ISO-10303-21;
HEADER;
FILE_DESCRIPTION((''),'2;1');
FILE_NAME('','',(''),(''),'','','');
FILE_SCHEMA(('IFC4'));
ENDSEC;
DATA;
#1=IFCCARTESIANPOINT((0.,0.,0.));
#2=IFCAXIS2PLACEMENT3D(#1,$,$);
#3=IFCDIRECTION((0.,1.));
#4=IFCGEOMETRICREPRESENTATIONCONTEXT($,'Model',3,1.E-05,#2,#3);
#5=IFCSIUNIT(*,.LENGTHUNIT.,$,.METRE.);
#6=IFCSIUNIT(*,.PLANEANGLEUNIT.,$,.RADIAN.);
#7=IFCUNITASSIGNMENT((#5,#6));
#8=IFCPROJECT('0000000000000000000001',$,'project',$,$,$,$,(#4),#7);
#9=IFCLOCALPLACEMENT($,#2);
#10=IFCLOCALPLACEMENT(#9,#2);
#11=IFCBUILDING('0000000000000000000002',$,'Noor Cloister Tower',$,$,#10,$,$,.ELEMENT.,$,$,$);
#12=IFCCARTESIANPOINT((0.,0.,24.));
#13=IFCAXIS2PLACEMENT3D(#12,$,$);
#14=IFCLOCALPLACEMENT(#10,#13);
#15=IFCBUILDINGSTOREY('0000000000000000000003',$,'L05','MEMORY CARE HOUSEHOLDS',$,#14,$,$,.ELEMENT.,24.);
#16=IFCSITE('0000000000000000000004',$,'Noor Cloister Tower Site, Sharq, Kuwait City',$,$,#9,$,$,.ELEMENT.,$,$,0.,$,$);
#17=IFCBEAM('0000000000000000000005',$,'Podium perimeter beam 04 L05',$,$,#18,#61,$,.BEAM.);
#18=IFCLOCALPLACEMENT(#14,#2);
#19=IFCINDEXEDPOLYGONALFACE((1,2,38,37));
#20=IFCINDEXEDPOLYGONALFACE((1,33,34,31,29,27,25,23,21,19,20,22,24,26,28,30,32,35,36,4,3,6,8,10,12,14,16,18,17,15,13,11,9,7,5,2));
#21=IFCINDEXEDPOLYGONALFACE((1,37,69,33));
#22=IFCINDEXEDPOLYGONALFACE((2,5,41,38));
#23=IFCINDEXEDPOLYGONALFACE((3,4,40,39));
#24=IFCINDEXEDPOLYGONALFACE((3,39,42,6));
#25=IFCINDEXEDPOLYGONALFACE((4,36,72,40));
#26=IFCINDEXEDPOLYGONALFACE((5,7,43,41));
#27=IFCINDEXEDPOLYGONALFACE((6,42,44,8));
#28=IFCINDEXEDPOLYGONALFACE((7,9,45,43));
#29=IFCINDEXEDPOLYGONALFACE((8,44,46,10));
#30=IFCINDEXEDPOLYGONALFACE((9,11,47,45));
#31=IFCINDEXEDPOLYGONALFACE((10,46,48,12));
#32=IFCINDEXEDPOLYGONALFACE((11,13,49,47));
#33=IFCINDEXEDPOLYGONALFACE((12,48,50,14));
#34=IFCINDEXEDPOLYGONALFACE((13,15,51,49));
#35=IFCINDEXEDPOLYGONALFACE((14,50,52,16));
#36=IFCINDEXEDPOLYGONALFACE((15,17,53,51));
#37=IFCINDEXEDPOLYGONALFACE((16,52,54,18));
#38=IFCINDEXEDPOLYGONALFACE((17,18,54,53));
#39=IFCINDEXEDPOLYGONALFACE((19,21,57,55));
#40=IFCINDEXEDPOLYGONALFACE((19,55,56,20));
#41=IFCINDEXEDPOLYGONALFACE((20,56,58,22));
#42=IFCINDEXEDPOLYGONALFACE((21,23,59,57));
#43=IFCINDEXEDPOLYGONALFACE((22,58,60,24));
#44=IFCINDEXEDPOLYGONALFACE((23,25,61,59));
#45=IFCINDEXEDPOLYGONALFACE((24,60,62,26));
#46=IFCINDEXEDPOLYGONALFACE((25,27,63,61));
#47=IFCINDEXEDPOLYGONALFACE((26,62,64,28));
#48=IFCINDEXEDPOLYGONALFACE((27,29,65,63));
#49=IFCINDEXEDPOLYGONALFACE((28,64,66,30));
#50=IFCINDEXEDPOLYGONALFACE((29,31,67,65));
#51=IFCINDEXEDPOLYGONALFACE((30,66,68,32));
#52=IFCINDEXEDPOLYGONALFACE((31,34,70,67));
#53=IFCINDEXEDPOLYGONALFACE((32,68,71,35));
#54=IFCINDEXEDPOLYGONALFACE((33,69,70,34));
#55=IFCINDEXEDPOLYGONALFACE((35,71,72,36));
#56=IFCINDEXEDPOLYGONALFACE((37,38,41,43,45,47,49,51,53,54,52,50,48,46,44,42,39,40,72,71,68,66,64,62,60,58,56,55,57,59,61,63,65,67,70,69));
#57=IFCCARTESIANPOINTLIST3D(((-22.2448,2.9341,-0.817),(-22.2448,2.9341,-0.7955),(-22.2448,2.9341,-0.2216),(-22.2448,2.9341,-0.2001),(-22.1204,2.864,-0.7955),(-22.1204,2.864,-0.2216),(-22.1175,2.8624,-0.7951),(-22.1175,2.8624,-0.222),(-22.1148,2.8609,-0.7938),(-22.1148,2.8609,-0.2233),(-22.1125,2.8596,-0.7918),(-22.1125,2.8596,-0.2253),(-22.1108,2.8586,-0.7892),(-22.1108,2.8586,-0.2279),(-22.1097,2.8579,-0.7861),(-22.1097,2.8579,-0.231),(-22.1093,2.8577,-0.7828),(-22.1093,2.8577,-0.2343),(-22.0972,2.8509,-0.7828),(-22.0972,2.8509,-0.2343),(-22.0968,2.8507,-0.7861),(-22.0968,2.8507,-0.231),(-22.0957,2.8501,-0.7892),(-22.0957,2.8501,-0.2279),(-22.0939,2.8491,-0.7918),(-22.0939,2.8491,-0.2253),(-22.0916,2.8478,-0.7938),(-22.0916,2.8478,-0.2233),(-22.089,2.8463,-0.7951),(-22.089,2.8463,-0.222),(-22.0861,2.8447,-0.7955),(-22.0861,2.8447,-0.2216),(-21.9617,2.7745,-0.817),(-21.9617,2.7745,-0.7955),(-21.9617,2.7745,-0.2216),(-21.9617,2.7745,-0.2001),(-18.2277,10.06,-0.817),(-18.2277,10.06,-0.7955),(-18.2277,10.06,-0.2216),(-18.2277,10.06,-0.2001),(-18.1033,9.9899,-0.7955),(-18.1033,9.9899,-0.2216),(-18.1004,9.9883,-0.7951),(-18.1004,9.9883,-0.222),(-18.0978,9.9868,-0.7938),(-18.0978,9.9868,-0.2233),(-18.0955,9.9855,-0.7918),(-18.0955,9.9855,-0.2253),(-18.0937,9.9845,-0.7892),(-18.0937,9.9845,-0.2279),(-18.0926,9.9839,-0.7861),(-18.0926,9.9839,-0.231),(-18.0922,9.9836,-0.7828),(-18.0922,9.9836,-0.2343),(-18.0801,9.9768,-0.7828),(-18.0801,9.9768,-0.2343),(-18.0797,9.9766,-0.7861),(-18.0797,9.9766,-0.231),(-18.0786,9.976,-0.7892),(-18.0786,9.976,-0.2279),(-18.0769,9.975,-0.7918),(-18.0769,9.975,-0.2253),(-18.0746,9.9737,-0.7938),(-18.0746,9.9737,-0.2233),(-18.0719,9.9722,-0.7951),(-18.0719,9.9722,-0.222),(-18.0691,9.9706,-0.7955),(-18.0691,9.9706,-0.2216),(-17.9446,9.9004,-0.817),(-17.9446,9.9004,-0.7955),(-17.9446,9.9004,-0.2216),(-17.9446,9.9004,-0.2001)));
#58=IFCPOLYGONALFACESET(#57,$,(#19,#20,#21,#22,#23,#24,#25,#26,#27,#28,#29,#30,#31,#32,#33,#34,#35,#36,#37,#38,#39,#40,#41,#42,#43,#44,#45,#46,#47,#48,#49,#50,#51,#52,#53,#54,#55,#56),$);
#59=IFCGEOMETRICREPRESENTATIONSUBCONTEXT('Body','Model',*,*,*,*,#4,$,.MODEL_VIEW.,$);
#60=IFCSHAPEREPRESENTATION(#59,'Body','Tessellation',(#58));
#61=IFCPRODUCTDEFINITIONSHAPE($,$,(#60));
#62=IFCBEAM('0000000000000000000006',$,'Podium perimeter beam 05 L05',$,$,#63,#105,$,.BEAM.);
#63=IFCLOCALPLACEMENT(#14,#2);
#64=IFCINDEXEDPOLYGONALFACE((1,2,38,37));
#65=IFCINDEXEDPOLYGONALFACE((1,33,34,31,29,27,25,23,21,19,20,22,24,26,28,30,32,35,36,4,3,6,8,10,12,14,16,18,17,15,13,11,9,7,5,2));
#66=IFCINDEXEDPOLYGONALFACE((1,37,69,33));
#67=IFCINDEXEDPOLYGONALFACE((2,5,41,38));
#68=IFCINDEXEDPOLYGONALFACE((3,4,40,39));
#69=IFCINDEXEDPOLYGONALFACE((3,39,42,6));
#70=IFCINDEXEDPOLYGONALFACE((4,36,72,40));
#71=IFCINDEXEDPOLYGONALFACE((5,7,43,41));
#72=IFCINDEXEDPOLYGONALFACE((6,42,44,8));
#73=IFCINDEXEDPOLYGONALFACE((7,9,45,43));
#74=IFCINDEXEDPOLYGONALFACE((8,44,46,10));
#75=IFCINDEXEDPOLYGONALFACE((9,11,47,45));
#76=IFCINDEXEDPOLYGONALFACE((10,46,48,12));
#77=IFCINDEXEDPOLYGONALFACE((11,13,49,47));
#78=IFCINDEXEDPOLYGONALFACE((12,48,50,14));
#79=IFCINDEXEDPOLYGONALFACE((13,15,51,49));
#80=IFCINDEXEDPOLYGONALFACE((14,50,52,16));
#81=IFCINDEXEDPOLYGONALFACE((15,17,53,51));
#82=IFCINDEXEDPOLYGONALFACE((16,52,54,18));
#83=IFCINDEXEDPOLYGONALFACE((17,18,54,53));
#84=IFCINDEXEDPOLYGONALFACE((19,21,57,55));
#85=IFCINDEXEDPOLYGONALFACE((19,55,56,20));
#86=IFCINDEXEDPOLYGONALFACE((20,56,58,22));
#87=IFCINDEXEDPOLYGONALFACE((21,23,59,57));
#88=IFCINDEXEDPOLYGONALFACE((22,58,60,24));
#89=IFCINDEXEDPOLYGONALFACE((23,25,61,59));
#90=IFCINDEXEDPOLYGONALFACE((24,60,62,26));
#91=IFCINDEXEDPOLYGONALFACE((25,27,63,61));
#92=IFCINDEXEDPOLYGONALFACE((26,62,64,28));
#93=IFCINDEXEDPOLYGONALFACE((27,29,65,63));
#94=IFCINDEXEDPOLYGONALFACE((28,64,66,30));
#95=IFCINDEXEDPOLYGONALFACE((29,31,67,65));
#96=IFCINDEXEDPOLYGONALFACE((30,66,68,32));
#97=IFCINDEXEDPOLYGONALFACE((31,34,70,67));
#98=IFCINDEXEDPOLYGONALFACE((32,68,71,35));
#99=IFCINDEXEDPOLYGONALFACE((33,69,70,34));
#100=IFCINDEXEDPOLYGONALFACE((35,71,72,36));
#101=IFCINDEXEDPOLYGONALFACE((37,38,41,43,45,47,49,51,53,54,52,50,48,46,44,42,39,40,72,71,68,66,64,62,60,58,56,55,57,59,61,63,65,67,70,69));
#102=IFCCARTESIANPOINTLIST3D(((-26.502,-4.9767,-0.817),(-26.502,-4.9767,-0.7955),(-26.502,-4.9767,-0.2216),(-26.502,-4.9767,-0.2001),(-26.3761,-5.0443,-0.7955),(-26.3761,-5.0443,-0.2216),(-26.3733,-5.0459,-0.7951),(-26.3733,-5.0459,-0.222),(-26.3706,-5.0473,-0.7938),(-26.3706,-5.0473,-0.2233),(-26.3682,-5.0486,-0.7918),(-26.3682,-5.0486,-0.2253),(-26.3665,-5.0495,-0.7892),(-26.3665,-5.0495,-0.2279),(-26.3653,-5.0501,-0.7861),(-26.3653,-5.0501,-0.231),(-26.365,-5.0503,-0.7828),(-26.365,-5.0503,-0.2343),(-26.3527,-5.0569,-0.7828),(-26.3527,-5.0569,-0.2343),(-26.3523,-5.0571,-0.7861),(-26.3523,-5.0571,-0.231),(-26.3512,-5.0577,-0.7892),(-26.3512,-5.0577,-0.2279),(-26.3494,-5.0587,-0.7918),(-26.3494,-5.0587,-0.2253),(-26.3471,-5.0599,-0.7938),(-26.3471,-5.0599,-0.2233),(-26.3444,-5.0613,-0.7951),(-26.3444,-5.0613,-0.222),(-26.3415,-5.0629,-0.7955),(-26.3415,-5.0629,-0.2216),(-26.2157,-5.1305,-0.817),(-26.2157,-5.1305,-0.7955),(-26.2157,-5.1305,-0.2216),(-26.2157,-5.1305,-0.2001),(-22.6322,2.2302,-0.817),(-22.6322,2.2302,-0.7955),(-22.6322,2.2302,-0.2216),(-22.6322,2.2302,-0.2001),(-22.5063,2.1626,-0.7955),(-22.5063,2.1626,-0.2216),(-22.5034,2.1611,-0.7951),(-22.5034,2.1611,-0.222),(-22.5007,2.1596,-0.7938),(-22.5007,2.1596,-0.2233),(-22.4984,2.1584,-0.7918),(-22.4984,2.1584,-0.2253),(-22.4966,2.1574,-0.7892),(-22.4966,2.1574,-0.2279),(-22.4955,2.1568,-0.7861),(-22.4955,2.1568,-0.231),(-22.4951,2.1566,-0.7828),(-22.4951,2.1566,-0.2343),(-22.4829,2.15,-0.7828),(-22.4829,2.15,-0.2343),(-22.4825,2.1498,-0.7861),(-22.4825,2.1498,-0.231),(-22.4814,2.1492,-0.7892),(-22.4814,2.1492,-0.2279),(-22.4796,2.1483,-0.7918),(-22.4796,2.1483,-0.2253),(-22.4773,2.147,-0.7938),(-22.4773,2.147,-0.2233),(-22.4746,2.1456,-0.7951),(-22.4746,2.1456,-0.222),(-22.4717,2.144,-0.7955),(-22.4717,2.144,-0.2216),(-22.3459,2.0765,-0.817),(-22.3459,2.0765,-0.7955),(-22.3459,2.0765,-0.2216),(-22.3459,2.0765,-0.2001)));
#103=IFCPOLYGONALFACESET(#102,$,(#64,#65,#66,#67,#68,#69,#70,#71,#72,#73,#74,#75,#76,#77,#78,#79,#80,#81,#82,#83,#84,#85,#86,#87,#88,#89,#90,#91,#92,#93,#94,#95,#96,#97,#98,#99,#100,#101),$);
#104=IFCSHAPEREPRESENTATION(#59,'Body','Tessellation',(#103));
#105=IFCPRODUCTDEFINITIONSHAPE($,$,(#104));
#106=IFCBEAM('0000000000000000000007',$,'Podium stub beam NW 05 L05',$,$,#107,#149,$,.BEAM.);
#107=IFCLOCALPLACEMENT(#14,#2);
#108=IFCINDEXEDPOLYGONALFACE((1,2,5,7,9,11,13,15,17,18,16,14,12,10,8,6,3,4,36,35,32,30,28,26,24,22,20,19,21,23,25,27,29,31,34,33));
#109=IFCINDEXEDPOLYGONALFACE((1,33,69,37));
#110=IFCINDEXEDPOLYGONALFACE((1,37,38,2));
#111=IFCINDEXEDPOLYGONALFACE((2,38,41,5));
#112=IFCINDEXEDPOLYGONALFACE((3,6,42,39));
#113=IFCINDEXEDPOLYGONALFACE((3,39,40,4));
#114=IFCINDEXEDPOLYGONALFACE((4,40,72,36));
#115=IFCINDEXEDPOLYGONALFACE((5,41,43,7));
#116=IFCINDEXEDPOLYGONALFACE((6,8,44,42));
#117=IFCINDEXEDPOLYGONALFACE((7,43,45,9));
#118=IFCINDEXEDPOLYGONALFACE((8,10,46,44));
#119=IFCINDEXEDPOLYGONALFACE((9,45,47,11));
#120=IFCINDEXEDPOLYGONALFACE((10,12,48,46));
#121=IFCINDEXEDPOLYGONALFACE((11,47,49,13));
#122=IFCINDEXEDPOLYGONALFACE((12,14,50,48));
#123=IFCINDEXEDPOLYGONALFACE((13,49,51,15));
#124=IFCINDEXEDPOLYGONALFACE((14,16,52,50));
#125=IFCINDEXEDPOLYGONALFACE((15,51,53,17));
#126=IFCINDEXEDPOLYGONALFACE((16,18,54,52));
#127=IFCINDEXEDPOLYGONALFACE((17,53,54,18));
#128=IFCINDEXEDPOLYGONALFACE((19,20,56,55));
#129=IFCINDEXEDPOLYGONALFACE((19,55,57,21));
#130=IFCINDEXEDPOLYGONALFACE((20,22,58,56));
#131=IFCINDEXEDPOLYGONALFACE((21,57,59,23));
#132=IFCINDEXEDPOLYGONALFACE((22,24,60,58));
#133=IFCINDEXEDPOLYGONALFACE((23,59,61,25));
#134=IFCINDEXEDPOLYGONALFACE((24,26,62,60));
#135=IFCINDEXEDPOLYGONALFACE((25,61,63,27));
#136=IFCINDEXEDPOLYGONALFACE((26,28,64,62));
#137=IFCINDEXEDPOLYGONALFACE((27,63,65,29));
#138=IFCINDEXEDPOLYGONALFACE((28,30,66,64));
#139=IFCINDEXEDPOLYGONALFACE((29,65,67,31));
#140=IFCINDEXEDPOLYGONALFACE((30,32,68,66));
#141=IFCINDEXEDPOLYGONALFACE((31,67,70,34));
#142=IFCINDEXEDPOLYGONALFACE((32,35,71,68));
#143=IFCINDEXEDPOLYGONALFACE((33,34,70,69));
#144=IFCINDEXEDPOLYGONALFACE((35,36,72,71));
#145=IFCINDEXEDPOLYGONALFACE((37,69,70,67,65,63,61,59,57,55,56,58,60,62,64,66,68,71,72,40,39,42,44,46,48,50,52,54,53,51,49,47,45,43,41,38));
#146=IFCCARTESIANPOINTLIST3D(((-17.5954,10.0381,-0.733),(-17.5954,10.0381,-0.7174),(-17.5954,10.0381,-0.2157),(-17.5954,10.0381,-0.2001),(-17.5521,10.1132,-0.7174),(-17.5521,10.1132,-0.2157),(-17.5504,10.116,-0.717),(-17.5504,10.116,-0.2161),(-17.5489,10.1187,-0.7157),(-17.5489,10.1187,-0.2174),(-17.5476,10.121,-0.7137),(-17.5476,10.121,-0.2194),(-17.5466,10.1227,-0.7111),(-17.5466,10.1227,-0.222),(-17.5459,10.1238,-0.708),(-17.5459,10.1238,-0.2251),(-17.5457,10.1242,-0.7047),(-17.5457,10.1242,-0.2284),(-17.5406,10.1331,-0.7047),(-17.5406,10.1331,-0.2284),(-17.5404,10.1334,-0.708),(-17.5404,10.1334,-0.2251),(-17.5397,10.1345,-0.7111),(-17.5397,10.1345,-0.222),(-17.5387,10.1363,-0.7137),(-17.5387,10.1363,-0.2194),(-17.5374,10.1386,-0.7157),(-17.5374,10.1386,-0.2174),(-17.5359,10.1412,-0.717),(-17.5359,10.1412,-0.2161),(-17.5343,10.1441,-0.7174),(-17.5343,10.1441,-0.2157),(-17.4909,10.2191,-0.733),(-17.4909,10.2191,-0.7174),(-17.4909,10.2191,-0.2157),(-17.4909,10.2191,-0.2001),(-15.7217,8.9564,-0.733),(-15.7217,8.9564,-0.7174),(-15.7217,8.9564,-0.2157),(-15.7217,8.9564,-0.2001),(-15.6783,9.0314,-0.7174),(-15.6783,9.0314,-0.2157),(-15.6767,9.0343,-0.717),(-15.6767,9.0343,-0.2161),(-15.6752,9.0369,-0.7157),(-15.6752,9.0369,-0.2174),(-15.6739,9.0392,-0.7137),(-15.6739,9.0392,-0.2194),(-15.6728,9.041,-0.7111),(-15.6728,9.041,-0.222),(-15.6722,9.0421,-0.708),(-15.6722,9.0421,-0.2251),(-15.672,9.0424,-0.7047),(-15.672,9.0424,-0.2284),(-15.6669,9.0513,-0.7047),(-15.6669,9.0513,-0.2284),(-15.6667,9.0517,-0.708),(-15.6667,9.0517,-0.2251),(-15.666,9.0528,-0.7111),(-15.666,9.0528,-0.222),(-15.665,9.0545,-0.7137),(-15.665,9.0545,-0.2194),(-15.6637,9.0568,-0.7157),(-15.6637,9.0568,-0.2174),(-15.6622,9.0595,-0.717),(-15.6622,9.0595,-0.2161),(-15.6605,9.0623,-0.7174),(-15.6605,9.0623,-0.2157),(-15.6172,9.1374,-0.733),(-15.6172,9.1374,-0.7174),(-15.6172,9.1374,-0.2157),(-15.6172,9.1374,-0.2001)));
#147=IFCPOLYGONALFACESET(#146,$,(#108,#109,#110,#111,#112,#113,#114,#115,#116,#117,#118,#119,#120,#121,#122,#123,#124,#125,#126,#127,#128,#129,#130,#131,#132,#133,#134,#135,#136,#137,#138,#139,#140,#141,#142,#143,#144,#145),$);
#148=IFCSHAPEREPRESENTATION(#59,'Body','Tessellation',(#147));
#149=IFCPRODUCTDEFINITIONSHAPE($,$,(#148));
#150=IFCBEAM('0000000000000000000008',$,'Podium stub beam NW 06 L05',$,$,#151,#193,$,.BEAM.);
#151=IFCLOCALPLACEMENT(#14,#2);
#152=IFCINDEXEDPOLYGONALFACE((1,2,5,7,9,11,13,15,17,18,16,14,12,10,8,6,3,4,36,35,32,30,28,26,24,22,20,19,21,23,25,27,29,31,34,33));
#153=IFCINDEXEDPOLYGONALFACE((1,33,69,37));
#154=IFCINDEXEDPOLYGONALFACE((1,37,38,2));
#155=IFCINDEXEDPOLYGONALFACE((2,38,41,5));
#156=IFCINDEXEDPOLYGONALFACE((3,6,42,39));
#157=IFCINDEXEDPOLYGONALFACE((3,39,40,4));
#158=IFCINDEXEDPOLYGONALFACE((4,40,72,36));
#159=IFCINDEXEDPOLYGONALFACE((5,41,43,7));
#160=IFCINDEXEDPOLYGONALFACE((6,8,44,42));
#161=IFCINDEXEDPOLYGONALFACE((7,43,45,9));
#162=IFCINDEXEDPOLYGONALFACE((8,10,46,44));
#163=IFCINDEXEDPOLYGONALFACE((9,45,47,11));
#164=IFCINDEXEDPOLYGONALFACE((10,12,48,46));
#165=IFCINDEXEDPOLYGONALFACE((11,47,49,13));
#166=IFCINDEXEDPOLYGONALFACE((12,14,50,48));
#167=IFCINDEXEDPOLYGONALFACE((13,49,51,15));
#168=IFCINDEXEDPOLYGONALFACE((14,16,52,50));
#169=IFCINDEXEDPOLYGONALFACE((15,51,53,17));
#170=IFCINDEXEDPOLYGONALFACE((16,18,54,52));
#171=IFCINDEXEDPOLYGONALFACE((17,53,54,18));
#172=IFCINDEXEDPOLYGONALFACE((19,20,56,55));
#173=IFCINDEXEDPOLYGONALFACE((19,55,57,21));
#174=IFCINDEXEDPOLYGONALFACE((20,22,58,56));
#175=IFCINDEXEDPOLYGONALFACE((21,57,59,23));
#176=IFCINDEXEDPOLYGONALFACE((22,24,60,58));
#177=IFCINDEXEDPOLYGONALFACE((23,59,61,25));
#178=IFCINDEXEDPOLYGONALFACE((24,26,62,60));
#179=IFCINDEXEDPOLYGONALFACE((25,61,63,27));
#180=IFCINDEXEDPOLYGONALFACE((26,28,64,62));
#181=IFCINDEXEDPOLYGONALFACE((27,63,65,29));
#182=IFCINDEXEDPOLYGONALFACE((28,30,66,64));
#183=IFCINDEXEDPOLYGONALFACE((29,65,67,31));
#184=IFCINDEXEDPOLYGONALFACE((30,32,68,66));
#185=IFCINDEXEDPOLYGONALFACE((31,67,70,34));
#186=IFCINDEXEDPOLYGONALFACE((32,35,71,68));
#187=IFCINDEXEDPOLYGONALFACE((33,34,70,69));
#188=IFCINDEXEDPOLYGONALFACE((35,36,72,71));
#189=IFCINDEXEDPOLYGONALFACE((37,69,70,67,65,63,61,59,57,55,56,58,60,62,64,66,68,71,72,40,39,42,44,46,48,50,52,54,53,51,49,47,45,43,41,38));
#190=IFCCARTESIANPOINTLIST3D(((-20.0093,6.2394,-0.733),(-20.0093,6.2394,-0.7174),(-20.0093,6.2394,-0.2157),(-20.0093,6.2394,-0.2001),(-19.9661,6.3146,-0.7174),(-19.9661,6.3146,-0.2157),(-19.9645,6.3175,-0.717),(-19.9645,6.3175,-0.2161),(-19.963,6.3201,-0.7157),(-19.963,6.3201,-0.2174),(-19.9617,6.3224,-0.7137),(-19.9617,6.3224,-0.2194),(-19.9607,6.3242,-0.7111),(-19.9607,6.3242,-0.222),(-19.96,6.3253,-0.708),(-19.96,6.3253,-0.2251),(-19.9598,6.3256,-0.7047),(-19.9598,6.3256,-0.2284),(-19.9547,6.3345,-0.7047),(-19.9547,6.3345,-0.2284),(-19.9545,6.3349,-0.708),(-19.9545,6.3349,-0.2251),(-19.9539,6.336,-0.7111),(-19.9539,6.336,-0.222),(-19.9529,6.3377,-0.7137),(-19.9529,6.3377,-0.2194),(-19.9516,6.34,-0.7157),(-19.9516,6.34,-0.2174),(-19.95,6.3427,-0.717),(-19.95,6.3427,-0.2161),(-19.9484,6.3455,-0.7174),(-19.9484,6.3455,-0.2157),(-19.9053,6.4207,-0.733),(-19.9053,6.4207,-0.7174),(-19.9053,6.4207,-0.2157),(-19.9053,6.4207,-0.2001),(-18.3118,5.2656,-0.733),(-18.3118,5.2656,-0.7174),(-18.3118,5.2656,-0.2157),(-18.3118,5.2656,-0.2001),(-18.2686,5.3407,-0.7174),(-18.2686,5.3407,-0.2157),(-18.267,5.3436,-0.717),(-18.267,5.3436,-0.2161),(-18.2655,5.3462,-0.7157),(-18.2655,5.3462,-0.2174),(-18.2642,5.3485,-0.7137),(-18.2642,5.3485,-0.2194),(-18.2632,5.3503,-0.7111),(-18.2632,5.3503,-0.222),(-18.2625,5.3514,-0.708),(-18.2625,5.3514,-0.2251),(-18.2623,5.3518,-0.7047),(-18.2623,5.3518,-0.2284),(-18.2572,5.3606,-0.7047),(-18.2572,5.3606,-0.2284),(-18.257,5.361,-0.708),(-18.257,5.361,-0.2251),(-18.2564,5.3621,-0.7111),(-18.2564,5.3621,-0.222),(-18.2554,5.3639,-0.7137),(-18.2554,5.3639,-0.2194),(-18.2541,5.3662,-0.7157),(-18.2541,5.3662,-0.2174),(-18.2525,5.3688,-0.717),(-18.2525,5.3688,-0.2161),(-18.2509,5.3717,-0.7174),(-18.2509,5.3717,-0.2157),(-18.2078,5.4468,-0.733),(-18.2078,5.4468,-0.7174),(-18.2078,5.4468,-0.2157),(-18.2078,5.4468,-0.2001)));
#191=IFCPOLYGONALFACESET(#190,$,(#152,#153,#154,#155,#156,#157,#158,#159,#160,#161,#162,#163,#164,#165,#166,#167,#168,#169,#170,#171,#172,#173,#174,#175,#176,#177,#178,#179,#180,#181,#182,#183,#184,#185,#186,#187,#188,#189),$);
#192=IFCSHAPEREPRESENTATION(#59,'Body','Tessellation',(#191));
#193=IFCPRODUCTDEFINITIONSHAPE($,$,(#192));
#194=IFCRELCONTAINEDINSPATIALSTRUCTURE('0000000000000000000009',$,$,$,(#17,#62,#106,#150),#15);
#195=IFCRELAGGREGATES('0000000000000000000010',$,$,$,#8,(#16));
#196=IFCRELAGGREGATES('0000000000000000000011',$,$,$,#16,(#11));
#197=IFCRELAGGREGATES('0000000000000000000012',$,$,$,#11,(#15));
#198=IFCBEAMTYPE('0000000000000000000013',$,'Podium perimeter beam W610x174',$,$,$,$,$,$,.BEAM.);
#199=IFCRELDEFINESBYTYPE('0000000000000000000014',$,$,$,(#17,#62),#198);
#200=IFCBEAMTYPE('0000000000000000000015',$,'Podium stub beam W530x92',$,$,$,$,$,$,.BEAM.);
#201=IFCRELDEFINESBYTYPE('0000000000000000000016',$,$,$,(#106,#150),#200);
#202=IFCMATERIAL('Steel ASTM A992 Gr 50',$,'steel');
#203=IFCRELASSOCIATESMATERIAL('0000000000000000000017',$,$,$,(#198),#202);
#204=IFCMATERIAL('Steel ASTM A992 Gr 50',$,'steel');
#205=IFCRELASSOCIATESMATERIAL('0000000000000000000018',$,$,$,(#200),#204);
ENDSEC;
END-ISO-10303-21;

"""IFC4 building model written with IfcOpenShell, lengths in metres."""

from ifc_helpers import new_model, si_unit, direction, frame, origin, origin_2d, place, context, subcontext, project, spatial, i_section, extrude, material, material_profile, profile_set, type_object, element, save


model = new_model("IFC4")

# Units and contexts
model_context = context("Model", 3, precision=1e-05, world=origin(), true_north=direction((0.0, 1.0)))
body_context = subcontext(model_context, "Body", "Model", "MODEL_VIEW")
ifc_project = project(units=[si_unit("LENGTHUNIT", "METRE"), si_unit("PLANEANGLEUNIT", "RADIAN")], contexts=[model_context])

# Site, building, storey
site_placement = place(None, origin())
site = spatial("IfcSite", under=ifc_project, at=site_placement, Name="Noor Cloister Tower Site, Sharq, Kuwait City", CompositionType="ELEMENT", RefElevation=0.0)
building_placement = place(site_placement, origin())
building = spatial("IfcBuilding", under=site, at=building_placement, Name="Noor Cloister Tower", CompositionType="ELEMENT")
storey_placement = place(building_placement, frame((0.0, 0.0, 24.0)))
storey = spatial("IfcBuildingStorey", under=building, at=storey_placement, Name="L05", Description="MEMORY CARE HOUSEHOLDS", CompositionType="ELEMENT", Elevation=24.0)

# Beams
ifc_material_1 = material(Name="Steel ASTM A992 Gr 50", Category="steel")
ifc_material_profile_1 = material_profile(ifc_material_1, i_section(OverallWidth=0.325, OverallDepth=0.6169, WebThickness=0.0139, FlangeThickness=0.0215, FilletRadius=0.0127, at=origin_2d()), Name="W610x174")
ifc_profile_set_1 = profile_set([ifc_material_profile_1], Name="Steel ASTM A992 Gr 50")
beam_type_1 = type_object("IfcBeamType", Name="Podium perimeter beam W610x174", PredefinedType="BEAM", material=ifc_profile_set_1)
for number, where, z_axis, x_axis, name in (
    (1, (-18.0862, 9.9802, -0.5085), (-0.491072, -0.871119, 0.0), (0.871119, -0.491072, 0.0), "Podium perimeter beam 04 L05"),
    (2, (-22.489, 2.1533, -0.5085), (-0.473073, -0.881023, 0.0), (0.881023, -0.473073, 0.0), "Podium perimeter beam 05 L05"),
):
    element("IfcBeam", number, at=place(storey_placement, frame(where, z_axis=z_axis, x_axis=x_axis)), inside=storey, type_object=beam_type_1, Name=name, PredefinedType="BEAM", context=body_context, shape_type="SweptSolid", body=[
        extrude(i_section(OverallWidth=0.325, OverallDepth=0.6169, WebThickness=0.0139, FlangeThickness=0.0215, FilletRadius=0.0127, at=origin_2d()), origin(), (0.0, 0.0, 1.0), 8.1802),
    ])
ifc_material_2 = material(Name="Steel ASTM A992 Gr 50", Category="steel")
ifc_material_profile_2 = material_profile(ifc_material_2, i_section(OverallWidth=0.209, OverallDepth=0.533, WebThickness=0.0103, FlangeThickness=0.0156, FilletRadius=0.0127, at=origin_2d()), Name="W530x92")
ifc_profile_set_2 = profile_set([ifc_material_profile_2], Name="Steel ASTM A992 Gr 50")
beam_type_2 = type_object("IfcBeamType", Name="Podium stub beam W530x92", PredefinedType="BEAM", material=ifc_profile_set_2)
beam_1_placement = place(storey_placement, frame((-15.6694, 9.0469, -0.4666), z_axis=(-0.866033, 0.499986, 0.0), x_axis=(-0.499986, -0.866033, 0.0)))
element("IfcBeam", 3, at=beam_1_placement, inside=storey, type_object=beam_type_2, Name="Podium stub beam NW 05 L05", PredefinedType="BEAM", context=body_context, shape_type="SweptSolid", body=[
    extrude(i_section(OverallWidth=0.209, OverallDepth=0.533, WebThickness=0.0103, FlangeThickness=0.0156, FilletRadius=0.0127, at=origin_2d()), origin(), (0.0, 0.0, 1.0), 2.1636),
])
beam_2_placement = place(storey_placement, frame((-18.2598, 5.3562, -0.4666), z_axis=(-0.86739, 0.497629, 0.0), x_axis=(-0.497629, -0.86739, 0.0)))
element("IfcBeam", 4, at=beam_2_placement, inside=storey, type_object=beam_type_2, Name="Podium stub beam NW 06 L05", PredefinedType="BEAM", context=body_context, shape_type="SweptSolid", body=[
    extrude(i_section(OverallWidth=0.209, OverallDepth=0.533, WebThickness=0.0103, FlangeThickness=0.0156, FilletRadius=0.0127, at=origin_2d()), origin(), (0.0, 0.0, 1.0), 1.957),
])

save(model, "model.ifc")
